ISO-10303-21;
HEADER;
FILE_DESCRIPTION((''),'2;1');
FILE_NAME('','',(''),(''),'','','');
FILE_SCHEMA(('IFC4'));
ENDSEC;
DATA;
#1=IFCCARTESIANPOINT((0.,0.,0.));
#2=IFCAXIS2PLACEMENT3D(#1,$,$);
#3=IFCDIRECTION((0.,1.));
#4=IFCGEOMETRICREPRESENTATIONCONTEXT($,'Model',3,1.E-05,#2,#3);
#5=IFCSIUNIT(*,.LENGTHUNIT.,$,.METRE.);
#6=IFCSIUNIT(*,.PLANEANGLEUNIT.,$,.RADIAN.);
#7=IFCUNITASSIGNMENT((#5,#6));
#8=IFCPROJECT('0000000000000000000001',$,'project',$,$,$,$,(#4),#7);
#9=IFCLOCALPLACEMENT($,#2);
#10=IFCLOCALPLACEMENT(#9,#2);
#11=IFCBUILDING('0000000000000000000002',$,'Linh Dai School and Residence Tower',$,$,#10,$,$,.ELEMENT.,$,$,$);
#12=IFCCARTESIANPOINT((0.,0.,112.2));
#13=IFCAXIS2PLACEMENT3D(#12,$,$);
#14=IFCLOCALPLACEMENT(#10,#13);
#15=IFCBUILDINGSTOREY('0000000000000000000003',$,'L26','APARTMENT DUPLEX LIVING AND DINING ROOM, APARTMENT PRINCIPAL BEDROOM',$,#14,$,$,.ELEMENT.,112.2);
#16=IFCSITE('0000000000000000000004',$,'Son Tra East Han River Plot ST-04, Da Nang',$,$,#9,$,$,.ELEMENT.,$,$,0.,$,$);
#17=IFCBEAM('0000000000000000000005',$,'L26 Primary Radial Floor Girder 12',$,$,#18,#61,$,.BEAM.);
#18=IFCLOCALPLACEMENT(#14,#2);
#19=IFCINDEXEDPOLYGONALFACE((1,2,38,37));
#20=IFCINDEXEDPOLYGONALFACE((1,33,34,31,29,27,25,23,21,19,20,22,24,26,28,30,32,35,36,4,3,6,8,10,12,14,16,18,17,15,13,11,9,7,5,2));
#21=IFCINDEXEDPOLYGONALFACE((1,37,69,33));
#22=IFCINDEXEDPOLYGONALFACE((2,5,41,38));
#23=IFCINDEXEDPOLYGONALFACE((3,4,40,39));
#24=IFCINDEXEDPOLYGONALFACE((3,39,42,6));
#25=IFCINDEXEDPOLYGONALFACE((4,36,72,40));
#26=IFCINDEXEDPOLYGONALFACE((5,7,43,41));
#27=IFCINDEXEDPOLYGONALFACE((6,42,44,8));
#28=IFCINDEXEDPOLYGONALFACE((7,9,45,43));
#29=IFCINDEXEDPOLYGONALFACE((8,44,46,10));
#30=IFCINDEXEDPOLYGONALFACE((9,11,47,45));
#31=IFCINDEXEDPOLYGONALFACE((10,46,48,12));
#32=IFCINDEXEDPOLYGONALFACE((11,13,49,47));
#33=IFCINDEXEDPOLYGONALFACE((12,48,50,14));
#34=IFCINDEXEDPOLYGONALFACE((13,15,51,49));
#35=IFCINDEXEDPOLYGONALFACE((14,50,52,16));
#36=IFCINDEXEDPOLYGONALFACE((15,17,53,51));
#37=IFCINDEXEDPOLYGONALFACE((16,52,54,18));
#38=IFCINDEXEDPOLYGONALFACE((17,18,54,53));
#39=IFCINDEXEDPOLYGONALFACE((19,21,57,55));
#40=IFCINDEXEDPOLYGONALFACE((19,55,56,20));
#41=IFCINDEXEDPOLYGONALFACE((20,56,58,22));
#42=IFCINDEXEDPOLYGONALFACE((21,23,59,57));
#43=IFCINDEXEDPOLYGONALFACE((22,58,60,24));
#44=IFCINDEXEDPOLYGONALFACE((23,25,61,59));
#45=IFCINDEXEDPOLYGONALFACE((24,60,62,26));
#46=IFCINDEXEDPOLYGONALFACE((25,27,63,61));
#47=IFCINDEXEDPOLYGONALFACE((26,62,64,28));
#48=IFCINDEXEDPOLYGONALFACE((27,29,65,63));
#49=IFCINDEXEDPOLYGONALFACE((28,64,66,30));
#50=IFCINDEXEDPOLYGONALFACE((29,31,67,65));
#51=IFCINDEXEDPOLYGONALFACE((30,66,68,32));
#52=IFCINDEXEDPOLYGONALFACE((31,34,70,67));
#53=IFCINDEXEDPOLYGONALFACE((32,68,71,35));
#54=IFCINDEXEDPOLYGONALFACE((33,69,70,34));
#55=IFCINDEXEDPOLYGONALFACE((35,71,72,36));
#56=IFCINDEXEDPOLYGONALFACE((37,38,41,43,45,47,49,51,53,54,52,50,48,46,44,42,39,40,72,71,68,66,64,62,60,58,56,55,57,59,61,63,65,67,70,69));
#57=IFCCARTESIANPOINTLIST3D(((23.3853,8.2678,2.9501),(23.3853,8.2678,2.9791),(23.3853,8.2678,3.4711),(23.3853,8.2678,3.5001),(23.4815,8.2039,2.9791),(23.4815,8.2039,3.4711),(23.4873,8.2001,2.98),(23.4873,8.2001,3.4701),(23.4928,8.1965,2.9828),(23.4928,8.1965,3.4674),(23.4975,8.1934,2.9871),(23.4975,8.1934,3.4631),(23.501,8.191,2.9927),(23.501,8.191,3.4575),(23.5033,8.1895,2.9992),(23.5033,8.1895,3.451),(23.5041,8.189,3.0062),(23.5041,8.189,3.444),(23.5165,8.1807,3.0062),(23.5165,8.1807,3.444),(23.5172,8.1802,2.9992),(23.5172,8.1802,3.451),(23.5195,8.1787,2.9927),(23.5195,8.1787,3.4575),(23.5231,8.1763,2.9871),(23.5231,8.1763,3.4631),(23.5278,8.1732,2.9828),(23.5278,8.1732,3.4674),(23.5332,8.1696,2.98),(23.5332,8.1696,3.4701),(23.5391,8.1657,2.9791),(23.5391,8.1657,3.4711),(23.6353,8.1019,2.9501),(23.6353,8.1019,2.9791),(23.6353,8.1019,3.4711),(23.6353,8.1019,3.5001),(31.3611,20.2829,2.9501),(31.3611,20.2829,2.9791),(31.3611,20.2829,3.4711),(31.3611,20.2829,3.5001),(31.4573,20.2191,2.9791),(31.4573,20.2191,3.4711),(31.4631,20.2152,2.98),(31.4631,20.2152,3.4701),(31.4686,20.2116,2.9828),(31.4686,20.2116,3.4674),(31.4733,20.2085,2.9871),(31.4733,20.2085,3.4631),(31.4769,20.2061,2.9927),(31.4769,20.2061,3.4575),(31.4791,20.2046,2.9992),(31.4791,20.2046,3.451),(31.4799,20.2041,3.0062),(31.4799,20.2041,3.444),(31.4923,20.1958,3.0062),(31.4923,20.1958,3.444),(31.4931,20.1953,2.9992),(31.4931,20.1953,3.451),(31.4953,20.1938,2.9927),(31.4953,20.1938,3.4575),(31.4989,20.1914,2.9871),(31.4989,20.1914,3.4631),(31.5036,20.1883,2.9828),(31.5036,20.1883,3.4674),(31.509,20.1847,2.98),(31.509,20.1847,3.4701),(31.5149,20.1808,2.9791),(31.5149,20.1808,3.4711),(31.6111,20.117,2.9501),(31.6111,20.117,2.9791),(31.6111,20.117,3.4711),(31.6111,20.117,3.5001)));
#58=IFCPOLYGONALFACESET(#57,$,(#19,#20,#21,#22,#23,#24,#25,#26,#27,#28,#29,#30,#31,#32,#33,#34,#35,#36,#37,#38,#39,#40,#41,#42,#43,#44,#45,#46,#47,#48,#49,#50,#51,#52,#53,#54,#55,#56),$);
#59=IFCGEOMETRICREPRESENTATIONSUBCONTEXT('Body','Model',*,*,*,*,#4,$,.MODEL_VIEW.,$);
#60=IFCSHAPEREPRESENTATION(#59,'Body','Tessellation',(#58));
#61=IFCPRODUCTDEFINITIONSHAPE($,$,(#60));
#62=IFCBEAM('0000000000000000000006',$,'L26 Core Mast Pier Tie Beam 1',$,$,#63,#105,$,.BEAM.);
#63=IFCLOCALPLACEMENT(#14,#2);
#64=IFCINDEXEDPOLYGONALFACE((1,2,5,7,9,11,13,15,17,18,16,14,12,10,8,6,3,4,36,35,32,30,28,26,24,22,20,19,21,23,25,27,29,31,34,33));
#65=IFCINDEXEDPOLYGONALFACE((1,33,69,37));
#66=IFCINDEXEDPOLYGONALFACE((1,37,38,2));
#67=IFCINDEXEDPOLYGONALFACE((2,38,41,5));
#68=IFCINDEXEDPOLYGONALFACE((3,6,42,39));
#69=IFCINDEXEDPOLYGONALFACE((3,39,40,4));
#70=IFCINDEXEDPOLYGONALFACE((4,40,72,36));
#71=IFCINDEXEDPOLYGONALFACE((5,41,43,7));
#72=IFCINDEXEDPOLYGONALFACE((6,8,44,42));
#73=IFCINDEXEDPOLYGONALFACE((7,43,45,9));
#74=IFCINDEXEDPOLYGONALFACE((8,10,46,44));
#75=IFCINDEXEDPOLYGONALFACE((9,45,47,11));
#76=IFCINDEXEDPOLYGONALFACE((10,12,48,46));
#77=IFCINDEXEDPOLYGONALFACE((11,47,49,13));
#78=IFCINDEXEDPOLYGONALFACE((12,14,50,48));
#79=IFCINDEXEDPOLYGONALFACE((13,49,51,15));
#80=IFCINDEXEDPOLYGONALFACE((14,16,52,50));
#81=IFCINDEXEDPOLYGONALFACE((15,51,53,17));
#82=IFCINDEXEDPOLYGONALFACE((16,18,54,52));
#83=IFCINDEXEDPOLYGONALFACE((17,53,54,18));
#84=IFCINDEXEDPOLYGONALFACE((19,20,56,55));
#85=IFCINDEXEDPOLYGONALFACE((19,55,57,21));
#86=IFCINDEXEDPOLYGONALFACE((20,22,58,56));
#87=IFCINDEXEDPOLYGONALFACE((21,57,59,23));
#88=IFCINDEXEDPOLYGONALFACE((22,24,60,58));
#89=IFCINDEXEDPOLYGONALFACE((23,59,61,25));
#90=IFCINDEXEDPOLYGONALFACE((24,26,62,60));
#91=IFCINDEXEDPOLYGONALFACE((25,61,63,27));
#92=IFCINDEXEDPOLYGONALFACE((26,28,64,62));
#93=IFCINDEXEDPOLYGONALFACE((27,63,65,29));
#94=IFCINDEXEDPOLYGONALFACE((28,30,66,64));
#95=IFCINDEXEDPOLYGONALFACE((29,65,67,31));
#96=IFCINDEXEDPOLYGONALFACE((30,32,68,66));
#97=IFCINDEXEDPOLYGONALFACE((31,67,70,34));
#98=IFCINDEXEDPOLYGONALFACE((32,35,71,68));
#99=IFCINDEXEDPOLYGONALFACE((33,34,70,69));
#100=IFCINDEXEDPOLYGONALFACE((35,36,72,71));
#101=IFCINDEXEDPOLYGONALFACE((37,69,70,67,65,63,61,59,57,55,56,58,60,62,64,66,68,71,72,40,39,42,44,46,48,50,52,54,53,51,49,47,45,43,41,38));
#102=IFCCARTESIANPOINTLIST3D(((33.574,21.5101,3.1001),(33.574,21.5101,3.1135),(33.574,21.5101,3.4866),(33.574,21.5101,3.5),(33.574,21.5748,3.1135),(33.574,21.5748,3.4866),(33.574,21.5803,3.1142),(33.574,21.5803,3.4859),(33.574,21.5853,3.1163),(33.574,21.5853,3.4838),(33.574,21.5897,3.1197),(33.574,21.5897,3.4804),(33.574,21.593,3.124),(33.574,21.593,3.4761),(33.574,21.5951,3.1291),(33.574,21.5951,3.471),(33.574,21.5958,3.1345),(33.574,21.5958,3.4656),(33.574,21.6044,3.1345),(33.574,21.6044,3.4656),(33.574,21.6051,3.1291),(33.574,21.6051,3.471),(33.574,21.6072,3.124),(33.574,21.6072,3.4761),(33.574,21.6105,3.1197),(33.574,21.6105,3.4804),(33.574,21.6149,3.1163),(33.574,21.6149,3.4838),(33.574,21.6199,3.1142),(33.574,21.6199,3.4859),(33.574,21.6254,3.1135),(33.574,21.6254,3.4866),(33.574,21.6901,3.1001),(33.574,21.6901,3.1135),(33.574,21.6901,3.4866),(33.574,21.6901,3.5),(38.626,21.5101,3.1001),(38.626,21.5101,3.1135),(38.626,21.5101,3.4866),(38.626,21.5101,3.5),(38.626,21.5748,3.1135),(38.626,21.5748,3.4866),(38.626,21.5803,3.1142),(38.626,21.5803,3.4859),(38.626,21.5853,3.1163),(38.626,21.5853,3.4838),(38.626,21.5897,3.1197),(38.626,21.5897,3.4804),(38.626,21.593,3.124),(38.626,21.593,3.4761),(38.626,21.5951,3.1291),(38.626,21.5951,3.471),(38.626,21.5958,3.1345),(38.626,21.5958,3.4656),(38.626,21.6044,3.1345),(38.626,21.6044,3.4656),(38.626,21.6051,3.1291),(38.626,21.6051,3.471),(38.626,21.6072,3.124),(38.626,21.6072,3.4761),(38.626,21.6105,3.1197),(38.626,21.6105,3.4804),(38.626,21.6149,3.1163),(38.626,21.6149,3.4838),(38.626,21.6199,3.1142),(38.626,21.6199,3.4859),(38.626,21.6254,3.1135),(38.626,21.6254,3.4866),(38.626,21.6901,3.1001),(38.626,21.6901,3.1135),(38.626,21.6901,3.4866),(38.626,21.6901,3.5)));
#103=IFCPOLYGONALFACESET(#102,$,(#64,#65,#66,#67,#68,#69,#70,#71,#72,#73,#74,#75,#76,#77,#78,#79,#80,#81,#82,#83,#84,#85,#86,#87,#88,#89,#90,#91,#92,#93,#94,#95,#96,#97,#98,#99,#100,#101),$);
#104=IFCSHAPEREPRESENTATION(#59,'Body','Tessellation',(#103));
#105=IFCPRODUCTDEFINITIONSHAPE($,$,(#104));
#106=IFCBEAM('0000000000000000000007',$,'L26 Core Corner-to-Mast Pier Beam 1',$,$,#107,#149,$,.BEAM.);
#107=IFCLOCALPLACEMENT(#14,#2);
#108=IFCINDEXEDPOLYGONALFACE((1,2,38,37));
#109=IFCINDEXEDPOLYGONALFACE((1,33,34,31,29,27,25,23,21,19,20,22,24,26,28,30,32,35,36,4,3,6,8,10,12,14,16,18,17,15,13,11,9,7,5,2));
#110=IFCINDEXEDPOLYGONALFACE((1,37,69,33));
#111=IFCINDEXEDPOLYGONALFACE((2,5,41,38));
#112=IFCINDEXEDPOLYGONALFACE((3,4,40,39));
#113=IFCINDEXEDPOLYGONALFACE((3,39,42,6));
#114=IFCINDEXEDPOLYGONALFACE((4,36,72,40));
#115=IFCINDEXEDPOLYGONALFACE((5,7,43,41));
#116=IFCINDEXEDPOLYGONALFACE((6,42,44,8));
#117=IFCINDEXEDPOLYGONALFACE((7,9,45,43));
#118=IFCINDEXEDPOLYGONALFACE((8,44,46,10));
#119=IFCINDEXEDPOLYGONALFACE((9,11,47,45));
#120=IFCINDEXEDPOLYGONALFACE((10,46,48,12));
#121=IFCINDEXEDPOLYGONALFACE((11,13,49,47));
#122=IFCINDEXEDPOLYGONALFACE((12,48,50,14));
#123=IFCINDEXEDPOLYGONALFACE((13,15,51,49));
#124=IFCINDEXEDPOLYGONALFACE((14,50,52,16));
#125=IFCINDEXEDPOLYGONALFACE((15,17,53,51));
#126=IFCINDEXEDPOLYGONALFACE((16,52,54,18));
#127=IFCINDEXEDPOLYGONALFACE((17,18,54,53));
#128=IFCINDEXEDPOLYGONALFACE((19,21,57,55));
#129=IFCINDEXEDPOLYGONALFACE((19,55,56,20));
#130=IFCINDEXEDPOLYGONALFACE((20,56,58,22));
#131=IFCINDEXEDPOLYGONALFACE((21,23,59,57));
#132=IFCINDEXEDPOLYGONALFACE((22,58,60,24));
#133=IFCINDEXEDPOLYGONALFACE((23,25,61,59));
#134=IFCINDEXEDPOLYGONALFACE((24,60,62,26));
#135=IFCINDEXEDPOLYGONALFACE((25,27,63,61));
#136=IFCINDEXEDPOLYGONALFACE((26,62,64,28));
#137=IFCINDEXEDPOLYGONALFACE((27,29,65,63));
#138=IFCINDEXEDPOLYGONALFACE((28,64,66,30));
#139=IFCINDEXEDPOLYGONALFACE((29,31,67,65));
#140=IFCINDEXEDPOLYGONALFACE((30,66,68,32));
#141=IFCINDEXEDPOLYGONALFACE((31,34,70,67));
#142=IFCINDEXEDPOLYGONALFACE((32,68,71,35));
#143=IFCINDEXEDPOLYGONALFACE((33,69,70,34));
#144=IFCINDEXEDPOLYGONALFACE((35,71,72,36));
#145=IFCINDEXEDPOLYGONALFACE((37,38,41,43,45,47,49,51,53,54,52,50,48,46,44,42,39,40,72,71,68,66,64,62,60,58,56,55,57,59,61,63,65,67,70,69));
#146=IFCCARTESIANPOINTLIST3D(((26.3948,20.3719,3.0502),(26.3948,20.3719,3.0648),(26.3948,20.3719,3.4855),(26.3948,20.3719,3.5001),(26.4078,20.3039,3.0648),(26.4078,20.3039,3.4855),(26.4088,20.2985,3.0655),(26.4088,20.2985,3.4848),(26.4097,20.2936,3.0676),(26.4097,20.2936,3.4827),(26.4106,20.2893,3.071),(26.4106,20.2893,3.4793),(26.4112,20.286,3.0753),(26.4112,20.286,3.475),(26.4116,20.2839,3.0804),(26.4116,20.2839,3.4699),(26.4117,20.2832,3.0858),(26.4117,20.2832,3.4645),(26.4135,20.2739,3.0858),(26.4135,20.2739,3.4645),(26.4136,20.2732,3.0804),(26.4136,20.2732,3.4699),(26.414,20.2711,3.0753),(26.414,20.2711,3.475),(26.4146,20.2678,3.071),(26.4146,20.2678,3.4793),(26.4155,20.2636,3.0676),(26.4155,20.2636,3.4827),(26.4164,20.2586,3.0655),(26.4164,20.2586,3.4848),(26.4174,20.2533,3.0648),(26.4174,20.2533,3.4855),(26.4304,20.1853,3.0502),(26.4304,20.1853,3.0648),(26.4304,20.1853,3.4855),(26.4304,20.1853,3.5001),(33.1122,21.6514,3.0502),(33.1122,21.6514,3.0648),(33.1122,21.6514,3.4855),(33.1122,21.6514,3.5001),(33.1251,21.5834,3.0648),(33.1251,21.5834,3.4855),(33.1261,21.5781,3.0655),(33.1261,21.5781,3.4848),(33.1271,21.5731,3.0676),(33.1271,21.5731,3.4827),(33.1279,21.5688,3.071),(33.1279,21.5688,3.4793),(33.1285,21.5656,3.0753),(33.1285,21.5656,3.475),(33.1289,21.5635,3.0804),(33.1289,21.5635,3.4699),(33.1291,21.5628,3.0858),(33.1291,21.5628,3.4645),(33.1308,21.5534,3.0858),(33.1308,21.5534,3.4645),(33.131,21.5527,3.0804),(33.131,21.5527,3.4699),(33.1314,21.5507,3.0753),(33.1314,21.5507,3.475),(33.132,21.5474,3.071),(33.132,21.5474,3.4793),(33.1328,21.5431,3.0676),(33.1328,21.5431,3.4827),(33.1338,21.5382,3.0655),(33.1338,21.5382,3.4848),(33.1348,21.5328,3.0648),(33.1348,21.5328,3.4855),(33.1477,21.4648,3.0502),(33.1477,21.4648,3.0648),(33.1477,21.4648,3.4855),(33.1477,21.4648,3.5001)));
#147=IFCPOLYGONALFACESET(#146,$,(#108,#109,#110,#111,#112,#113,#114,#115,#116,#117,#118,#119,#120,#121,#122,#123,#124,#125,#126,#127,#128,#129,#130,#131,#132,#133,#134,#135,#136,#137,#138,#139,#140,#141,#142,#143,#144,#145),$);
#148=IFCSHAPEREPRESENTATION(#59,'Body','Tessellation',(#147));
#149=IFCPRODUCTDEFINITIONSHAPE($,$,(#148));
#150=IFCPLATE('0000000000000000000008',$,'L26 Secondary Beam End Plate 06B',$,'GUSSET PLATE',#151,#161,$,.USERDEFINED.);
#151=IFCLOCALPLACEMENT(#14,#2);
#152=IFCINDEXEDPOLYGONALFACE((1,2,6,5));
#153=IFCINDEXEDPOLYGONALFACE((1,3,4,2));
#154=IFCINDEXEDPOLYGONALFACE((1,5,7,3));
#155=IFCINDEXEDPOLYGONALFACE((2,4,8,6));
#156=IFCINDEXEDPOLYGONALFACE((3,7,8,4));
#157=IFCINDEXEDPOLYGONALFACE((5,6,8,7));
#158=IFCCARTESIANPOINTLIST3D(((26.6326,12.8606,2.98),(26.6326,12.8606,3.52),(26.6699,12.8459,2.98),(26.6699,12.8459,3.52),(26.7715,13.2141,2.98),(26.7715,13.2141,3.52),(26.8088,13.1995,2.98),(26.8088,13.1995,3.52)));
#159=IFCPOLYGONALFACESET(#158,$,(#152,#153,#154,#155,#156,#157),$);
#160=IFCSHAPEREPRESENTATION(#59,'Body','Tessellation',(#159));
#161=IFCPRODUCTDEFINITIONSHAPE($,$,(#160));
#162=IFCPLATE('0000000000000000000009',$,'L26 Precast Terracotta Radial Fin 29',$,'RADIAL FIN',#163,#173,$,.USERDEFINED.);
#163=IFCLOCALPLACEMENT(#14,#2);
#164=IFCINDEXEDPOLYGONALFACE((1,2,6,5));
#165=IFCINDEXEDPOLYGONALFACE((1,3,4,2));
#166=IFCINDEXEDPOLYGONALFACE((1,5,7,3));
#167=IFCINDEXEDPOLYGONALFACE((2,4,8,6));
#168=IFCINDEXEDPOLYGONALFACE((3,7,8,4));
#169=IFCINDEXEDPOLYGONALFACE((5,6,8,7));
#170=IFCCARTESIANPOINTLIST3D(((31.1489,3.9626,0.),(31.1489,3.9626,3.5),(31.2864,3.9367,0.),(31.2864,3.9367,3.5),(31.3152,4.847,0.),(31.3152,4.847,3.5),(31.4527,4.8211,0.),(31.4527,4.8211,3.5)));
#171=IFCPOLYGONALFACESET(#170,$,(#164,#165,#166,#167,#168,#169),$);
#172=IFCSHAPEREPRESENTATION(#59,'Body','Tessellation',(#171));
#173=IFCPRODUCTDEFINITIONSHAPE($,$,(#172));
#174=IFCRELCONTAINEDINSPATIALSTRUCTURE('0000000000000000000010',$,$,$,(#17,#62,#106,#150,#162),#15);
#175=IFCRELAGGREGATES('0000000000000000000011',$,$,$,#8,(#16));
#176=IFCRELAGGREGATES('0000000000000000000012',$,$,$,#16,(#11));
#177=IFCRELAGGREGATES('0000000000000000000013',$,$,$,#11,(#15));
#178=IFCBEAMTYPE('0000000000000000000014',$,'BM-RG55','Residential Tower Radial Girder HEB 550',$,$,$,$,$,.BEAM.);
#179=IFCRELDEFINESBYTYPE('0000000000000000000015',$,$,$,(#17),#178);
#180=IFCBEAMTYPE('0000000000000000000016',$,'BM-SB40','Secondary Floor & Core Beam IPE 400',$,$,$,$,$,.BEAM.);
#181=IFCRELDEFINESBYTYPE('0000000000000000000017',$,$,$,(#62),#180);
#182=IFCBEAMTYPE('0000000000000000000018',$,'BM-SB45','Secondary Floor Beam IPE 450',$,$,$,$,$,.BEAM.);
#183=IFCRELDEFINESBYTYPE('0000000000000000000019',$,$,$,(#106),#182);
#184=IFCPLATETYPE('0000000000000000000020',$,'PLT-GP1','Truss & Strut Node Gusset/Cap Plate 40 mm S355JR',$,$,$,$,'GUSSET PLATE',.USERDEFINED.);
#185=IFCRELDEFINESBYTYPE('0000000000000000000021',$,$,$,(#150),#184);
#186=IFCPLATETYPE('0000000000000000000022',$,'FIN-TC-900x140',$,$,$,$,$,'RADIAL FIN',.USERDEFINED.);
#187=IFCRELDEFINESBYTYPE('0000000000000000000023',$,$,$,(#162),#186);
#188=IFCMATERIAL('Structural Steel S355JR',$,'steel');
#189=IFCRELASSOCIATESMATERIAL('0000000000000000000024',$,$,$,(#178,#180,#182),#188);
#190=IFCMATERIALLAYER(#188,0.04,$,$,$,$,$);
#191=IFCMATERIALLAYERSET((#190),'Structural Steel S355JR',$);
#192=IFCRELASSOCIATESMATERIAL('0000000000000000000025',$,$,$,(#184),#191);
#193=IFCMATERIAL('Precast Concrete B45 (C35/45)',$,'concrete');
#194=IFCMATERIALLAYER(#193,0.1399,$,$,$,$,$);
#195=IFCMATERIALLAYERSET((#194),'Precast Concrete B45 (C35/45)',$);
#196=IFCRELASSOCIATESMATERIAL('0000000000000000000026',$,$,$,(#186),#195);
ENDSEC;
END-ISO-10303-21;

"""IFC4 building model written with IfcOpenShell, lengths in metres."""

from ifc_helpers import new_model, si_unit, direction, frame, origin, origin_2d, place, context, subcontext, project, spatial, rectangle, i_section, extrude, source, transform, mapped, material, layer, layer_set, material_profile, profile_set, type_object, element, save


model = new_model("IFC4")

# Units and contexts
model_context = context("Model", 3, precision=1e-05, world=origin(), true_north=direction((0.0, 1.0)))
body_context = subcontext(model_context, "Body", "Model", "MODEL_VIEW")
ifc_project = project(units=[si_unit("LENGTHUNIT", "METRE"), si_unit("PLANEANGLEUNIT", "RADIAN")], contexts=[model_context])

# Site, building, storey
site_placement = place(None, origin())
site = spatial("IfcSite", under=ifc_project, at=site_placement, Name="Son Tra East Han River Plot ST-04, Da Nang", CompositionType="ELEMENT", RefElevation=0.0)
building_placement = place(site_placement, origin())
building = spatial("IfcBuilding", under=site, at=building_placement, Name="Linh Dai School and Residence Tower", CompositionType="ELEMENT")
storey_placement = place(building_placement, frame((0.0, 0.0, 112.2)))
storey = spatial("IfcBuildingStorey", under=building, at=storey_placement, Name="L26", Description="APARTMENT DUPLEX LIVING AND DINING ROOM, APARTMENT PRINCIPAL BEDROOM", CompositionType="ELEMENT", Elevation=112.2)

# Shared definitions
ifc_material_1 = material(Name="Structural Steel S355JR", Category="steel")

# Beams
ifc_material_profile_1 = material_profile(ifc_material_1, i_section(OverallWidth=0.3, OverallDepth=0.55, WebThickness=0.0149, FlangeThickness=0.0291, FilletRadius=0.0271, at=origin_2d()), Name="HEB 550")
ifc_profile_set_1 = profile_set([ifc_material_profile_1], Name="Structural Steel S355JR")
beam_type_1 = type_object("IfcBeamType", Name="BM-RG55", Description="Residential Tower Radial Girder HEB 550", PredefinedType="BEAM", material=ifc_profile_set_1)
beam_1_placement = place(storey_placement, frame((31.4861, 20.2, 3.2251), z_axis=(-0.553054, -0.833145, 0.0), x_axis=(0.833145, -0.553054, 0.0)))
element("IfcBeam", 1, at=beam_1_placement, inside=storey, type_object=beam_type_1, Name="L26 Primary Radial Floor Girder 12", PredefinedType="BEAM", context=body_context, shape_type="SweptSolid", body=[
    extrude(i_section(OverallWidth=0.3, OverallDepth=0.55, WebThickness=0.0149, FlangeThickness=0.0291, FilletRadius=0.0271, at=origin_2d()), origin(), (0.0, 0.0, 1.0), 14.4214),
])
ifc_material_profile_2 = material_profile(ifc_material_1, i_section(OverallWidth=0.1799, OverallDepth=0.3999, WebThickness=0.0085, FlangeThickness=0.0134, FilletRadius=0.021, at=origin_2d()), Name="IPE 400")
ifc_profile_set_2 = profile_set([ifc_material_profile_2], Name="Structural Steel S355JR")
beam_type_2 = type_object("IfcBeamType", Name="BM-SB40", Description="Secondary Floor & Core Beam IPE 400", PredefinedType="BEAM", material=ifc_profile_set_2)
beam_2_placement = place(storey_placement, frame((33.574, 21.6001, 3.3), z_axis=(1.0, 0.0, 0.0), x_axis=(0.0, 1.0, 0.0)))
element("IfcBeam", 2, at=beam_2_placement, inside=storey, type_object=beam_type_2, Name="L26 Core Mast Pier Tie Beam 1", PredefinedType="BEAM", context=body_context, shape_type="SweptSolid", body=[
    extrude(i_section(OverallWidth=0.1799, OverallDepth=0.3999, WebThickness=0.0085, FlangeThickness=0.0134, FilletRadius=0.021, at=origin_2d()), origin(), (0.0, 0.0, 1.0), 5.052),
])
ifc_material_profile_3 = material_profile(ifc_material_1, i_section(OverallWidth=0.1899, OverallDepth=0.45, WebThickness=0.0095, FlangeThickness=0.0146, FilletRadius=0.021, at=origin_2d()), Name="IPE 450")
ifc_profile_set_3 = profile_set([ifc_material_profile_3], Name="Structural Steel S355JR")
beam_type_3 = type_object("IfcBeamType", Name="BM-SB45", Description="Secondary Floor Beam IPE 450", PredefinedType="BEAM", material=ifc_profile_set_3)
beam_3_placement = place(storey_placement, frame((26.4126, 20.2786, 3.2751), z_axis=(0.982337, 0.18712, 0.0), x_axis=(-0.18712, 0.982337, 0.0)))
element("IfcBeam", 3, at=beam_3_placement, inside=storey, type_object=beam_type_3, Name="L26 Core Corner-to-Mast Pier Beam 1", PredefinedType="BEAM", context=body_context, shape_type="SweptSolid", body=[
    extrude(i_section(OverallWidth=0.1899, OverallDepth=0.45, WebThickness=0.0095, FlangeThickness=0.0146, FilletRadius=0.021, at=origin_2d()), origin(), (0.0, 0.0, 1.0), 6.8381),
])

# Plates
ifc_layer_1 = layer(ifc_material_1, 0.04)
ifc_layer_set_1 = layer_set([ifc_layer_1], Name="Structural Steel S355JR")
plate_type_1 = type_object("IfcPlateType", Name="PLT-GP1", Description="Truss & Strut Node Gusset/Cap Plate 40 mm S355JR", ElementType="GUSSET PLATE", PredefinedType="USERDEFINED", material=ifc_layer_set_1)
shared_shape_1 = source(origin(), body_context, "Body", "SweptSolid", [
    extrude(rectangle(XDim=0.04, YDim=0.3799, at=origin_2d()), origin(), (0.0, 0.0, 1.0), 0.54),
])
plate_1_placement = place(storey_placement, frame((26.7207, 13.03, 2.98), z_axis=(0.0, 0.0, 1.0), x_axis=(0.930752, -0.36565, 0.0)))
element("IfcPlate", 4, at=plate_1_placement, inside=storey, type_object=plate_type_1, Name="L26 Secondary Beam End Plate 06B", ObjectType="GUSSET PLATE", PredefinedType="USERDEFINED", context=body_context, shape_type="MappedRepresentation", body=[
    mapped(shared_shape_1, transform((0.0, 0.0, 0.0), x_axis=(1.0, 0.0, 0.0), y_axis=(0.0, 1.0, 0.0), z_axis=(0.0, 0.0, 1.0), scale=1.0)),
])
ifc_material_2 = material(Name="Precast Concrete B45 (C35/45)", Category="concrete")
ifc_layer_2 = layer(ifc_material_2, 0.1399)
ifc_layer_set_2 = layer_set([ifc_layer_2], Name="Precast Concrete B45 (C35/45)")
plate_type_2 = type_object("IfcPlateType", Name="FIN-TC-900x140", ElementType="RADIAL FIN", PredefinedType="USERDEFINED", material=ifc_layer_set_2)
shared_shape_2 = source(origin(), body_context, "Body", "SweptSolid", [
    extrude(rectangle(XDim=0.8999, YDim=0.1399, at=origin_2d()), origin(), (0.0, 0.0, 1.0), 3.5),
])
plate_2_placement = place(storey_placement, frame((31.3008, 4.3918, 0.0), z_axis=(0.0, 0.0, 1.0), x_axis=(-0.184755, -0.982785, 0.0)))
element("IfcPlate", 5, at=plate_2_placement, inside=storey, type_object=plate_type_2, Name="L26 Precast Terracotta Radial Fin 29", ObjectType="RADIAL FIN", PredefinedType="USERDEFINED", context=body_context, shape_type="MappedRepresentation", body=[
    mapped(shared_shape_2, transform((0.0, 0.0, 0.0), x_axis=(1.0, 0.0, 0.0), y_axis=(0.0, 1.0, 0.0), z_axis=(0.0, 0.0, 1.0), scale=1.0)),
])

save(model, "model.ifc")
